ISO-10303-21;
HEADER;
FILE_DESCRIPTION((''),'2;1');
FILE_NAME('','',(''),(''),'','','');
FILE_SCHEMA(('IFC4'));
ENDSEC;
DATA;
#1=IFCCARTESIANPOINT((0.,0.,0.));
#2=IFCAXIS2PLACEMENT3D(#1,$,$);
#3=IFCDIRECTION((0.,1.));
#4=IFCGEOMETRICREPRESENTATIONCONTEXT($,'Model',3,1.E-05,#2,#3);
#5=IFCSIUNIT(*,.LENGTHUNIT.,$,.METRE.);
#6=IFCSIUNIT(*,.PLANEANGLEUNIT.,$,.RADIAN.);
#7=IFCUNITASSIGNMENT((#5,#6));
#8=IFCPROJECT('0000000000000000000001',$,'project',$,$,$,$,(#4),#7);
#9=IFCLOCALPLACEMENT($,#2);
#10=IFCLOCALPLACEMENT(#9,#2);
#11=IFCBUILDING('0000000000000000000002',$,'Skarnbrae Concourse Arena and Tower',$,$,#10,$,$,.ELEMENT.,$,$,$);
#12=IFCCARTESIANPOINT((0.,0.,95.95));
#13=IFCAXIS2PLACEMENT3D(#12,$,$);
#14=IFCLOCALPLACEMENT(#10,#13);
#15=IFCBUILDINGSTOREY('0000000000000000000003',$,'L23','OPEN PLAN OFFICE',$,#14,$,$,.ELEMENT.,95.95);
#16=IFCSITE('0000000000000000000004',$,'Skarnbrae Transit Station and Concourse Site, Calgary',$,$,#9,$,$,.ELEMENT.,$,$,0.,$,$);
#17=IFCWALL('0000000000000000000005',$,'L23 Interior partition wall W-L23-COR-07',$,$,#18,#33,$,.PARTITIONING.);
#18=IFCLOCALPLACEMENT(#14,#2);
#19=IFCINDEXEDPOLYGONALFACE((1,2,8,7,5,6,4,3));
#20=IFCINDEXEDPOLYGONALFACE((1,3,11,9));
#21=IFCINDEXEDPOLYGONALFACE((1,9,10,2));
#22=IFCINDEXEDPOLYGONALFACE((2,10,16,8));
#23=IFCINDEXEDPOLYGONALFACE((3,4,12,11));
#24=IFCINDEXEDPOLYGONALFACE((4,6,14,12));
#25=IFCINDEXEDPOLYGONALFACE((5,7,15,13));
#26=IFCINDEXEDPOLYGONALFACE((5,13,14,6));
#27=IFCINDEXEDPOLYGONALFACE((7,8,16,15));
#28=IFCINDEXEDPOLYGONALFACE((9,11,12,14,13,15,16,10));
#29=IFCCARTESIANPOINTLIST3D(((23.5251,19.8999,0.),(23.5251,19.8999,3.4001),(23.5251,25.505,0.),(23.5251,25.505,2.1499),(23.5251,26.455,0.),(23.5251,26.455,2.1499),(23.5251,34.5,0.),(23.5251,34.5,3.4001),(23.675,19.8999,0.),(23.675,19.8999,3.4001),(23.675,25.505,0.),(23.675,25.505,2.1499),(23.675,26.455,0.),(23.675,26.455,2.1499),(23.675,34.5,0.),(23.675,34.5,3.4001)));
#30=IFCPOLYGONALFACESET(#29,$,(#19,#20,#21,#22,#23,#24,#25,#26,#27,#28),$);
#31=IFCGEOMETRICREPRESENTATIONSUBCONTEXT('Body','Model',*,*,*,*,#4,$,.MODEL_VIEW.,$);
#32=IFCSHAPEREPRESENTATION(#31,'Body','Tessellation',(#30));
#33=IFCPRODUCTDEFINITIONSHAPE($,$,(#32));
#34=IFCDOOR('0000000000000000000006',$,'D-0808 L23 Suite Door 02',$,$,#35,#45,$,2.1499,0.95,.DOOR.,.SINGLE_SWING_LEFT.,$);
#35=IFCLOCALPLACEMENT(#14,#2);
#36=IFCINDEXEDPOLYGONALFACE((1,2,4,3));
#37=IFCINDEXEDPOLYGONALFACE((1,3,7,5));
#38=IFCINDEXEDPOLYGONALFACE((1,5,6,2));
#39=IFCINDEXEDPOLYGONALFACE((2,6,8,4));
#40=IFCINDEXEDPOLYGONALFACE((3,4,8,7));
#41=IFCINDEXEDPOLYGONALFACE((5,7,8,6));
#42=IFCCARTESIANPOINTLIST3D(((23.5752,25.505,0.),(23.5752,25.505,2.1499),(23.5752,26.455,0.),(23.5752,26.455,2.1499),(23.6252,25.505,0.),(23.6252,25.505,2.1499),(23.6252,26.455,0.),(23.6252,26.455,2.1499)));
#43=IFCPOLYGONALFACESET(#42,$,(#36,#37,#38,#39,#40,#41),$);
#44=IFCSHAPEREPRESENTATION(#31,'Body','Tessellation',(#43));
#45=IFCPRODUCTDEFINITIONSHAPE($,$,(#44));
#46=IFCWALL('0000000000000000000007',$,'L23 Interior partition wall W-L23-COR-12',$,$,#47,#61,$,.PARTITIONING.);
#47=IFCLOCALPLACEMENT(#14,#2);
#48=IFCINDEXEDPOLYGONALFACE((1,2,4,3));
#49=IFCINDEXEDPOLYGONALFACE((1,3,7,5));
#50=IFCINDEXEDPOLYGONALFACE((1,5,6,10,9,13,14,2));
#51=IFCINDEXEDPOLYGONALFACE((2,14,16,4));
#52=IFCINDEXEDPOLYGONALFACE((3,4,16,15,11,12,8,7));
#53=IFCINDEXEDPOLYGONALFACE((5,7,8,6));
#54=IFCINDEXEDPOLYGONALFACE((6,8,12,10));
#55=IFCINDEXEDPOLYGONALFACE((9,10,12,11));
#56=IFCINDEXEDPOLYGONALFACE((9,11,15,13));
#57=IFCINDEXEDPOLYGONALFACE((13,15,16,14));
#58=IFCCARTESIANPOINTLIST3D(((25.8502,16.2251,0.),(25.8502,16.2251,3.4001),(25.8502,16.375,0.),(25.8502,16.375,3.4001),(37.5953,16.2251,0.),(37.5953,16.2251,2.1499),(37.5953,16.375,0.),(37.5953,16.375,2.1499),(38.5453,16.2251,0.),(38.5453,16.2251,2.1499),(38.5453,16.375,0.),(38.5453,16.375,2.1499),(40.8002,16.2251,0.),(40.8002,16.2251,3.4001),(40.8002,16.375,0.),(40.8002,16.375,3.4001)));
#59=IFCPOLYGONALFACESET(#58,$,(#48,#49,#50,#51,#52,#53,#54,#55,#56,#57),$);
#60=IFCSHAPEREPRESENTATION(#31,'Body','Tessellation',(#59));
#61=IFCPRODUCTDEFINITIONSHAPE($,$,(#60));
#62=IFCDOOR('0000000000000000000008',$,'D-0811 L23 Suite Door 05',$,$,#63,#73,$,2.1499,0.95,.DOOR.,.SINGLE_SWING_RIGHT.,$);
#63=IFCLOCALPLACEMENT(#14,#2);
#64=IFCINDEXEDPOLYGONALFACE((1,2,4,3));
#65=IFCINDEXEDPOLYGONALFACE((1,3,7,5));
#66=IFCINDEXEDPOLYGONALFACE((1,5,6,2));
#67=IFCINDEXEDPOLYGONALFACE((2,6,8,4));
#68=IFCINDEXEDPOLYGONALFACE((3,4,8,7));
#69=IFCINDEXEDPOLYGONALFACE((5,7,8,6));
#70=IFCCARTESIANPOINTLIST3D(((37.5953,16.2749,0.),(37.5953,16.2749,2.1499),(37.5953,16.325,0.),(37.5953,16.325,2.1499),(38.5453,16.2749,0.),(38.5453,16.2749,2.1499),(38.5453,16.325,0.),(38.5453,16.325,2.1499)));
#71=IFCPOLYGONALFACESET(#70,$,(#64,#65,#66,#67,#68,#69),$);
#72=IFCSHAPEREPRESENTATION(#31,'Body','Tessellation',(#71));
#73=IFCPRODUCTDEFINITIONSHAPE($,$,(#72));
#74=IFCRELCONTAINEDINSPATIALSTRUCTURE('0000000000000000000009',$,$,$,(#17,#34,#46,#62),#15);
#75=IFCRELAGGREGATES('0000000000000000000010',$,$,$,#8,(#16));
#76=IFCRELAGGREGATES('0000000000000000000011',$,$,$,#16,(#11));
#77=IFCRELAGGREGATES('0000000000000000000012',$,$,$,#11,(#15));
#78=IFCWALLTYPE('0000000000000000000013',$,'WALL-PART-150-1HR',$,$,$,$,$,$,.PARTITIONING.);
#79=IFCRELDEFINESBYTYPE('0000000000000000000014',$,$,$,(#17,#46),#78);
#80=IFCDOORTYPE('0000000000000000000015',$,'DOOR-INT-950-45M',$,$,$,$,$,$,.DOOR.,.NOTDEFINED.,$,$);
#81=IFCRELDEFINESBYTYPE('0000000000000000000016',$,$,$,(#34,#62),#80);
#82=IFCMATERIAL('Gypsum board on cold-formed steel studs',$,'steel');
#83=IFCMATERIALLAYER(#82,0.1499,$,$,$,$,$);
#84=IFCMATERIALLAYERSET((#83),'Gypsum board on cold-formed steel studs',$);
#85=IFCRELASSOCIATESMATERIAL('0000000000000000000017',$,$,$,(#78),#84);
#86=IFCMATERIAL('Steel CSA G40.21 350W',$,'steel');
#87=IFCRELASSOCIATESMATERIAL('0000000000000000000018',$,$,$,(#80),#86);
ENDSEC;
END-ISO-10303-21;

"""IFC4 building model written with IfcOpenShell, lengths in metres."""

from ifc_helpers import new_model, si_unit, direction, frame, frame_2d, origin, place, context, subcontext, project, spatial, rectangle, extrude, source, transform, mapped, material, layer, layer_set, type_object, element, fill, save


model = new_model("IFC4")

# Units and contexts
model_context = context("Model", 3, precision=1e-05, world=origin(), true_north=direction((0.0, 1.0)))
body_context = subcontext(model_context, "Body", "Model", "MODEL_VIEW")
ifc_project = project(units=[si_unit("LENGTHUNIT", "METRE"), si_unit("PLANEANGLEUNIT", "RADIAN")], contexts=[model_context])

# Site, building, storey
site_placement = place(None, origin())
site = spatial("IfcSite", under=ifc_project, at=site_placement, Name="Skarnbrae Transit Station and Concourse Site, Calgary", CompositionType="ELEMENT", RefElevation=0.0)
building_placement = place(site_placement, origin())
building = spatial("IfcBuilding", under=site, at=building_placement, Name="Skarnbrae Concourse Arena and Tower", CompositionType="ELEMENT")
storey_placement = place(building_placement, frame((0.0, 0.0, 95.95)))
storey = spatial("IfcBuildingStorey", under=building, at=storey_placement, Name="L23", Description="OPEN PLAN OFFICE", CompositionType="ELEMENT", Elevation=95.95)

# Shared definitions
ifc_material_1 = material(Name="Steel CSA G40.21 350W", Category="steel")

# Shared definitions
ifc_material_2 = material(Name="Gypsum board on cold-formed steel studs", Category="steel")
ifc_layer_1 = layer(ifc_material_2, 0.1499)
ifc_layer_set_1 = layer_set([ifc_layer_1], Name="Gypsum board on cold-formed steel studs")
wall_type_1 = type_object("IfcWallType", Name="WALL-PART-150-1HR", PredefinedType="PARTITIONING", material=ifc_layer_set_1)

# Walls, openings, doors
shared_shape_1 = source(origin(), body_context, "Body", "SweptSolid", [
    extrude(rectangle(XDim=14.6001, YDim=0.1499, at=frame_2d((7.3, 0.0))), origin(), (0.0, 0.0, 1.0), 3.4001),
])
wall_1_placement = place(storey_placement, frame((23.6001, 19.8999, 0.0), z_axis=(0.0, 0.0, 1.0), x_axis=(0.0, 1.0, 0.0)))
wall_1 = element("IfcWall", 1, at=wall_1_placement, inside=storey, type_object=wall_type_1, Name="L23 Interior partition wall W-L23-COR-07", PredefinedType="PARTITIONING", context=body_context, shape_type="MappedRepresentation", body=[
    mapped(shared_shape_1, transform((0.0, 0.0, 0.0))),
])
opening_1_placement = place(wall_1_placement, frame((5.605, 0.0, 0.0)))
opening_1 = element("IfcOpeningElement", 2, at=opening_1_placement, cuts=wall_1, PredefinedType="OPENING", context=body_context, shape_type="SweptSolid", body=[
    extrude(rectangle(XDim=0.95, YDim=2.1499, at=frame_2d((0.4751, 1.075))), frame((0.0, 0.085, 0.0), z_axis=(0.0, -1.0, 0.0), x_axis=(1.0, 0.0, 0.0)), (0.0, 0.0, 1.0), 0.1699),
])
door_type_1 = type_object("IfcDoorType", Name="DOOR-INT-950-45M", OperationType="NOTDEFINED", PredefinedType="DOOR", material=ifc_material_1)
shared_shape_2 = source(origin(), body_context, "Body", "SweptSolid", [
    extrude(rectangle(XDim=0.95, YDim=2.1499, at=frame_2d((0.4751, 1.075))), frame((0.0, 0.0249, 0.0), z_axis=(0.0, -1.0, 0.0), x_axis=(1.0, 0.0, 0.0)), (0.0, 0.0, 1.0), 0.05),
])
door_1_placement = place(opening_1_placement, origin())
door_1 = element("IfcDoor", 3, at=door_1_placement, inside=storey, type_object=door_type_1, Name="D-0808 L23 Suite Door 02", OperationType="SINGLE_SWING_LEFT", OverallHeight=2.1499, OverallWidth=0.95, PredefinedType="DOOR", context=body_context, shape_type="MappedRepresentation", body=[
    mapped(shared_shape_2, transform((0.0, 0.0, 0.0))),
])
fill(opening_1, door_1)
shared_shape_3 = source(origin(), body_context, "Body", "SweptSolid", [
    extrude(rectangle(XDim=14.95, YDim=0.1499, at=frame_2d((7.4751, 0.0))), origin(), (0.0, 0.0, 1.0), 3.4001),
])
wall_2_placement = place(storey_placement, frame((25.8501, 16.3, 0.0), z_axis=(0.0, 0.0, 1.0), x_axis=(1.0, 0.0, 0.0)))
wall_2 = element("IfcWall", 4, at=wall_2_placement, inside=storey, type_object=wall_type_1, Name="L23 Interior partition wall W-L23-COR-12", PredefinedType="PARTITIONING", context=body_context, shape_type="MappedRepresentation", body=[
    mapped(shared_shape_3, transform((0.0, 0.0, 0.0))),
])
opening_2_placement = place(wall_2_placement, frame((11.7451, 0.0, 0.0)))
opening_2 = element("IfcOpeningElement", 5, at=opening_2_placement, cuts=wall_2, PredefinedType="OPENING", context=body_context, shape_type="SweptSolid", body=[
    extrude(rectangle(XDim=0.95, YDim=2.1499, at=frame_2d((0.4751, 1.075))), frame((0.0, 0.085, 0.0), z_axis=(0.0, -1.0, 0.0), x_axis=(1.0, 0.0, 0.0)), (0.0, 0.0, 1.0), 0.1699),
])
door_2_placement = place(opening_2_placement, origin())
door_2 = element("IfcDoor", 6, at=door_2_placement, inside=storey, type_object=door_type_1, Name="D-0811 L23 Suite Door 05", OperationType="SINGLE_SWING_RIGHT", OverallHeight=2.1499, OverallWidth=0.95, PredefinedType="DOOR", context=body_context, shape_type="MappedRepresentation", body=[
    mapped(shared_shape_2, transform((0.0, 0.0, 0.0))),
])
fill(opening_2, door_2)

save(model, "model.ifc")
